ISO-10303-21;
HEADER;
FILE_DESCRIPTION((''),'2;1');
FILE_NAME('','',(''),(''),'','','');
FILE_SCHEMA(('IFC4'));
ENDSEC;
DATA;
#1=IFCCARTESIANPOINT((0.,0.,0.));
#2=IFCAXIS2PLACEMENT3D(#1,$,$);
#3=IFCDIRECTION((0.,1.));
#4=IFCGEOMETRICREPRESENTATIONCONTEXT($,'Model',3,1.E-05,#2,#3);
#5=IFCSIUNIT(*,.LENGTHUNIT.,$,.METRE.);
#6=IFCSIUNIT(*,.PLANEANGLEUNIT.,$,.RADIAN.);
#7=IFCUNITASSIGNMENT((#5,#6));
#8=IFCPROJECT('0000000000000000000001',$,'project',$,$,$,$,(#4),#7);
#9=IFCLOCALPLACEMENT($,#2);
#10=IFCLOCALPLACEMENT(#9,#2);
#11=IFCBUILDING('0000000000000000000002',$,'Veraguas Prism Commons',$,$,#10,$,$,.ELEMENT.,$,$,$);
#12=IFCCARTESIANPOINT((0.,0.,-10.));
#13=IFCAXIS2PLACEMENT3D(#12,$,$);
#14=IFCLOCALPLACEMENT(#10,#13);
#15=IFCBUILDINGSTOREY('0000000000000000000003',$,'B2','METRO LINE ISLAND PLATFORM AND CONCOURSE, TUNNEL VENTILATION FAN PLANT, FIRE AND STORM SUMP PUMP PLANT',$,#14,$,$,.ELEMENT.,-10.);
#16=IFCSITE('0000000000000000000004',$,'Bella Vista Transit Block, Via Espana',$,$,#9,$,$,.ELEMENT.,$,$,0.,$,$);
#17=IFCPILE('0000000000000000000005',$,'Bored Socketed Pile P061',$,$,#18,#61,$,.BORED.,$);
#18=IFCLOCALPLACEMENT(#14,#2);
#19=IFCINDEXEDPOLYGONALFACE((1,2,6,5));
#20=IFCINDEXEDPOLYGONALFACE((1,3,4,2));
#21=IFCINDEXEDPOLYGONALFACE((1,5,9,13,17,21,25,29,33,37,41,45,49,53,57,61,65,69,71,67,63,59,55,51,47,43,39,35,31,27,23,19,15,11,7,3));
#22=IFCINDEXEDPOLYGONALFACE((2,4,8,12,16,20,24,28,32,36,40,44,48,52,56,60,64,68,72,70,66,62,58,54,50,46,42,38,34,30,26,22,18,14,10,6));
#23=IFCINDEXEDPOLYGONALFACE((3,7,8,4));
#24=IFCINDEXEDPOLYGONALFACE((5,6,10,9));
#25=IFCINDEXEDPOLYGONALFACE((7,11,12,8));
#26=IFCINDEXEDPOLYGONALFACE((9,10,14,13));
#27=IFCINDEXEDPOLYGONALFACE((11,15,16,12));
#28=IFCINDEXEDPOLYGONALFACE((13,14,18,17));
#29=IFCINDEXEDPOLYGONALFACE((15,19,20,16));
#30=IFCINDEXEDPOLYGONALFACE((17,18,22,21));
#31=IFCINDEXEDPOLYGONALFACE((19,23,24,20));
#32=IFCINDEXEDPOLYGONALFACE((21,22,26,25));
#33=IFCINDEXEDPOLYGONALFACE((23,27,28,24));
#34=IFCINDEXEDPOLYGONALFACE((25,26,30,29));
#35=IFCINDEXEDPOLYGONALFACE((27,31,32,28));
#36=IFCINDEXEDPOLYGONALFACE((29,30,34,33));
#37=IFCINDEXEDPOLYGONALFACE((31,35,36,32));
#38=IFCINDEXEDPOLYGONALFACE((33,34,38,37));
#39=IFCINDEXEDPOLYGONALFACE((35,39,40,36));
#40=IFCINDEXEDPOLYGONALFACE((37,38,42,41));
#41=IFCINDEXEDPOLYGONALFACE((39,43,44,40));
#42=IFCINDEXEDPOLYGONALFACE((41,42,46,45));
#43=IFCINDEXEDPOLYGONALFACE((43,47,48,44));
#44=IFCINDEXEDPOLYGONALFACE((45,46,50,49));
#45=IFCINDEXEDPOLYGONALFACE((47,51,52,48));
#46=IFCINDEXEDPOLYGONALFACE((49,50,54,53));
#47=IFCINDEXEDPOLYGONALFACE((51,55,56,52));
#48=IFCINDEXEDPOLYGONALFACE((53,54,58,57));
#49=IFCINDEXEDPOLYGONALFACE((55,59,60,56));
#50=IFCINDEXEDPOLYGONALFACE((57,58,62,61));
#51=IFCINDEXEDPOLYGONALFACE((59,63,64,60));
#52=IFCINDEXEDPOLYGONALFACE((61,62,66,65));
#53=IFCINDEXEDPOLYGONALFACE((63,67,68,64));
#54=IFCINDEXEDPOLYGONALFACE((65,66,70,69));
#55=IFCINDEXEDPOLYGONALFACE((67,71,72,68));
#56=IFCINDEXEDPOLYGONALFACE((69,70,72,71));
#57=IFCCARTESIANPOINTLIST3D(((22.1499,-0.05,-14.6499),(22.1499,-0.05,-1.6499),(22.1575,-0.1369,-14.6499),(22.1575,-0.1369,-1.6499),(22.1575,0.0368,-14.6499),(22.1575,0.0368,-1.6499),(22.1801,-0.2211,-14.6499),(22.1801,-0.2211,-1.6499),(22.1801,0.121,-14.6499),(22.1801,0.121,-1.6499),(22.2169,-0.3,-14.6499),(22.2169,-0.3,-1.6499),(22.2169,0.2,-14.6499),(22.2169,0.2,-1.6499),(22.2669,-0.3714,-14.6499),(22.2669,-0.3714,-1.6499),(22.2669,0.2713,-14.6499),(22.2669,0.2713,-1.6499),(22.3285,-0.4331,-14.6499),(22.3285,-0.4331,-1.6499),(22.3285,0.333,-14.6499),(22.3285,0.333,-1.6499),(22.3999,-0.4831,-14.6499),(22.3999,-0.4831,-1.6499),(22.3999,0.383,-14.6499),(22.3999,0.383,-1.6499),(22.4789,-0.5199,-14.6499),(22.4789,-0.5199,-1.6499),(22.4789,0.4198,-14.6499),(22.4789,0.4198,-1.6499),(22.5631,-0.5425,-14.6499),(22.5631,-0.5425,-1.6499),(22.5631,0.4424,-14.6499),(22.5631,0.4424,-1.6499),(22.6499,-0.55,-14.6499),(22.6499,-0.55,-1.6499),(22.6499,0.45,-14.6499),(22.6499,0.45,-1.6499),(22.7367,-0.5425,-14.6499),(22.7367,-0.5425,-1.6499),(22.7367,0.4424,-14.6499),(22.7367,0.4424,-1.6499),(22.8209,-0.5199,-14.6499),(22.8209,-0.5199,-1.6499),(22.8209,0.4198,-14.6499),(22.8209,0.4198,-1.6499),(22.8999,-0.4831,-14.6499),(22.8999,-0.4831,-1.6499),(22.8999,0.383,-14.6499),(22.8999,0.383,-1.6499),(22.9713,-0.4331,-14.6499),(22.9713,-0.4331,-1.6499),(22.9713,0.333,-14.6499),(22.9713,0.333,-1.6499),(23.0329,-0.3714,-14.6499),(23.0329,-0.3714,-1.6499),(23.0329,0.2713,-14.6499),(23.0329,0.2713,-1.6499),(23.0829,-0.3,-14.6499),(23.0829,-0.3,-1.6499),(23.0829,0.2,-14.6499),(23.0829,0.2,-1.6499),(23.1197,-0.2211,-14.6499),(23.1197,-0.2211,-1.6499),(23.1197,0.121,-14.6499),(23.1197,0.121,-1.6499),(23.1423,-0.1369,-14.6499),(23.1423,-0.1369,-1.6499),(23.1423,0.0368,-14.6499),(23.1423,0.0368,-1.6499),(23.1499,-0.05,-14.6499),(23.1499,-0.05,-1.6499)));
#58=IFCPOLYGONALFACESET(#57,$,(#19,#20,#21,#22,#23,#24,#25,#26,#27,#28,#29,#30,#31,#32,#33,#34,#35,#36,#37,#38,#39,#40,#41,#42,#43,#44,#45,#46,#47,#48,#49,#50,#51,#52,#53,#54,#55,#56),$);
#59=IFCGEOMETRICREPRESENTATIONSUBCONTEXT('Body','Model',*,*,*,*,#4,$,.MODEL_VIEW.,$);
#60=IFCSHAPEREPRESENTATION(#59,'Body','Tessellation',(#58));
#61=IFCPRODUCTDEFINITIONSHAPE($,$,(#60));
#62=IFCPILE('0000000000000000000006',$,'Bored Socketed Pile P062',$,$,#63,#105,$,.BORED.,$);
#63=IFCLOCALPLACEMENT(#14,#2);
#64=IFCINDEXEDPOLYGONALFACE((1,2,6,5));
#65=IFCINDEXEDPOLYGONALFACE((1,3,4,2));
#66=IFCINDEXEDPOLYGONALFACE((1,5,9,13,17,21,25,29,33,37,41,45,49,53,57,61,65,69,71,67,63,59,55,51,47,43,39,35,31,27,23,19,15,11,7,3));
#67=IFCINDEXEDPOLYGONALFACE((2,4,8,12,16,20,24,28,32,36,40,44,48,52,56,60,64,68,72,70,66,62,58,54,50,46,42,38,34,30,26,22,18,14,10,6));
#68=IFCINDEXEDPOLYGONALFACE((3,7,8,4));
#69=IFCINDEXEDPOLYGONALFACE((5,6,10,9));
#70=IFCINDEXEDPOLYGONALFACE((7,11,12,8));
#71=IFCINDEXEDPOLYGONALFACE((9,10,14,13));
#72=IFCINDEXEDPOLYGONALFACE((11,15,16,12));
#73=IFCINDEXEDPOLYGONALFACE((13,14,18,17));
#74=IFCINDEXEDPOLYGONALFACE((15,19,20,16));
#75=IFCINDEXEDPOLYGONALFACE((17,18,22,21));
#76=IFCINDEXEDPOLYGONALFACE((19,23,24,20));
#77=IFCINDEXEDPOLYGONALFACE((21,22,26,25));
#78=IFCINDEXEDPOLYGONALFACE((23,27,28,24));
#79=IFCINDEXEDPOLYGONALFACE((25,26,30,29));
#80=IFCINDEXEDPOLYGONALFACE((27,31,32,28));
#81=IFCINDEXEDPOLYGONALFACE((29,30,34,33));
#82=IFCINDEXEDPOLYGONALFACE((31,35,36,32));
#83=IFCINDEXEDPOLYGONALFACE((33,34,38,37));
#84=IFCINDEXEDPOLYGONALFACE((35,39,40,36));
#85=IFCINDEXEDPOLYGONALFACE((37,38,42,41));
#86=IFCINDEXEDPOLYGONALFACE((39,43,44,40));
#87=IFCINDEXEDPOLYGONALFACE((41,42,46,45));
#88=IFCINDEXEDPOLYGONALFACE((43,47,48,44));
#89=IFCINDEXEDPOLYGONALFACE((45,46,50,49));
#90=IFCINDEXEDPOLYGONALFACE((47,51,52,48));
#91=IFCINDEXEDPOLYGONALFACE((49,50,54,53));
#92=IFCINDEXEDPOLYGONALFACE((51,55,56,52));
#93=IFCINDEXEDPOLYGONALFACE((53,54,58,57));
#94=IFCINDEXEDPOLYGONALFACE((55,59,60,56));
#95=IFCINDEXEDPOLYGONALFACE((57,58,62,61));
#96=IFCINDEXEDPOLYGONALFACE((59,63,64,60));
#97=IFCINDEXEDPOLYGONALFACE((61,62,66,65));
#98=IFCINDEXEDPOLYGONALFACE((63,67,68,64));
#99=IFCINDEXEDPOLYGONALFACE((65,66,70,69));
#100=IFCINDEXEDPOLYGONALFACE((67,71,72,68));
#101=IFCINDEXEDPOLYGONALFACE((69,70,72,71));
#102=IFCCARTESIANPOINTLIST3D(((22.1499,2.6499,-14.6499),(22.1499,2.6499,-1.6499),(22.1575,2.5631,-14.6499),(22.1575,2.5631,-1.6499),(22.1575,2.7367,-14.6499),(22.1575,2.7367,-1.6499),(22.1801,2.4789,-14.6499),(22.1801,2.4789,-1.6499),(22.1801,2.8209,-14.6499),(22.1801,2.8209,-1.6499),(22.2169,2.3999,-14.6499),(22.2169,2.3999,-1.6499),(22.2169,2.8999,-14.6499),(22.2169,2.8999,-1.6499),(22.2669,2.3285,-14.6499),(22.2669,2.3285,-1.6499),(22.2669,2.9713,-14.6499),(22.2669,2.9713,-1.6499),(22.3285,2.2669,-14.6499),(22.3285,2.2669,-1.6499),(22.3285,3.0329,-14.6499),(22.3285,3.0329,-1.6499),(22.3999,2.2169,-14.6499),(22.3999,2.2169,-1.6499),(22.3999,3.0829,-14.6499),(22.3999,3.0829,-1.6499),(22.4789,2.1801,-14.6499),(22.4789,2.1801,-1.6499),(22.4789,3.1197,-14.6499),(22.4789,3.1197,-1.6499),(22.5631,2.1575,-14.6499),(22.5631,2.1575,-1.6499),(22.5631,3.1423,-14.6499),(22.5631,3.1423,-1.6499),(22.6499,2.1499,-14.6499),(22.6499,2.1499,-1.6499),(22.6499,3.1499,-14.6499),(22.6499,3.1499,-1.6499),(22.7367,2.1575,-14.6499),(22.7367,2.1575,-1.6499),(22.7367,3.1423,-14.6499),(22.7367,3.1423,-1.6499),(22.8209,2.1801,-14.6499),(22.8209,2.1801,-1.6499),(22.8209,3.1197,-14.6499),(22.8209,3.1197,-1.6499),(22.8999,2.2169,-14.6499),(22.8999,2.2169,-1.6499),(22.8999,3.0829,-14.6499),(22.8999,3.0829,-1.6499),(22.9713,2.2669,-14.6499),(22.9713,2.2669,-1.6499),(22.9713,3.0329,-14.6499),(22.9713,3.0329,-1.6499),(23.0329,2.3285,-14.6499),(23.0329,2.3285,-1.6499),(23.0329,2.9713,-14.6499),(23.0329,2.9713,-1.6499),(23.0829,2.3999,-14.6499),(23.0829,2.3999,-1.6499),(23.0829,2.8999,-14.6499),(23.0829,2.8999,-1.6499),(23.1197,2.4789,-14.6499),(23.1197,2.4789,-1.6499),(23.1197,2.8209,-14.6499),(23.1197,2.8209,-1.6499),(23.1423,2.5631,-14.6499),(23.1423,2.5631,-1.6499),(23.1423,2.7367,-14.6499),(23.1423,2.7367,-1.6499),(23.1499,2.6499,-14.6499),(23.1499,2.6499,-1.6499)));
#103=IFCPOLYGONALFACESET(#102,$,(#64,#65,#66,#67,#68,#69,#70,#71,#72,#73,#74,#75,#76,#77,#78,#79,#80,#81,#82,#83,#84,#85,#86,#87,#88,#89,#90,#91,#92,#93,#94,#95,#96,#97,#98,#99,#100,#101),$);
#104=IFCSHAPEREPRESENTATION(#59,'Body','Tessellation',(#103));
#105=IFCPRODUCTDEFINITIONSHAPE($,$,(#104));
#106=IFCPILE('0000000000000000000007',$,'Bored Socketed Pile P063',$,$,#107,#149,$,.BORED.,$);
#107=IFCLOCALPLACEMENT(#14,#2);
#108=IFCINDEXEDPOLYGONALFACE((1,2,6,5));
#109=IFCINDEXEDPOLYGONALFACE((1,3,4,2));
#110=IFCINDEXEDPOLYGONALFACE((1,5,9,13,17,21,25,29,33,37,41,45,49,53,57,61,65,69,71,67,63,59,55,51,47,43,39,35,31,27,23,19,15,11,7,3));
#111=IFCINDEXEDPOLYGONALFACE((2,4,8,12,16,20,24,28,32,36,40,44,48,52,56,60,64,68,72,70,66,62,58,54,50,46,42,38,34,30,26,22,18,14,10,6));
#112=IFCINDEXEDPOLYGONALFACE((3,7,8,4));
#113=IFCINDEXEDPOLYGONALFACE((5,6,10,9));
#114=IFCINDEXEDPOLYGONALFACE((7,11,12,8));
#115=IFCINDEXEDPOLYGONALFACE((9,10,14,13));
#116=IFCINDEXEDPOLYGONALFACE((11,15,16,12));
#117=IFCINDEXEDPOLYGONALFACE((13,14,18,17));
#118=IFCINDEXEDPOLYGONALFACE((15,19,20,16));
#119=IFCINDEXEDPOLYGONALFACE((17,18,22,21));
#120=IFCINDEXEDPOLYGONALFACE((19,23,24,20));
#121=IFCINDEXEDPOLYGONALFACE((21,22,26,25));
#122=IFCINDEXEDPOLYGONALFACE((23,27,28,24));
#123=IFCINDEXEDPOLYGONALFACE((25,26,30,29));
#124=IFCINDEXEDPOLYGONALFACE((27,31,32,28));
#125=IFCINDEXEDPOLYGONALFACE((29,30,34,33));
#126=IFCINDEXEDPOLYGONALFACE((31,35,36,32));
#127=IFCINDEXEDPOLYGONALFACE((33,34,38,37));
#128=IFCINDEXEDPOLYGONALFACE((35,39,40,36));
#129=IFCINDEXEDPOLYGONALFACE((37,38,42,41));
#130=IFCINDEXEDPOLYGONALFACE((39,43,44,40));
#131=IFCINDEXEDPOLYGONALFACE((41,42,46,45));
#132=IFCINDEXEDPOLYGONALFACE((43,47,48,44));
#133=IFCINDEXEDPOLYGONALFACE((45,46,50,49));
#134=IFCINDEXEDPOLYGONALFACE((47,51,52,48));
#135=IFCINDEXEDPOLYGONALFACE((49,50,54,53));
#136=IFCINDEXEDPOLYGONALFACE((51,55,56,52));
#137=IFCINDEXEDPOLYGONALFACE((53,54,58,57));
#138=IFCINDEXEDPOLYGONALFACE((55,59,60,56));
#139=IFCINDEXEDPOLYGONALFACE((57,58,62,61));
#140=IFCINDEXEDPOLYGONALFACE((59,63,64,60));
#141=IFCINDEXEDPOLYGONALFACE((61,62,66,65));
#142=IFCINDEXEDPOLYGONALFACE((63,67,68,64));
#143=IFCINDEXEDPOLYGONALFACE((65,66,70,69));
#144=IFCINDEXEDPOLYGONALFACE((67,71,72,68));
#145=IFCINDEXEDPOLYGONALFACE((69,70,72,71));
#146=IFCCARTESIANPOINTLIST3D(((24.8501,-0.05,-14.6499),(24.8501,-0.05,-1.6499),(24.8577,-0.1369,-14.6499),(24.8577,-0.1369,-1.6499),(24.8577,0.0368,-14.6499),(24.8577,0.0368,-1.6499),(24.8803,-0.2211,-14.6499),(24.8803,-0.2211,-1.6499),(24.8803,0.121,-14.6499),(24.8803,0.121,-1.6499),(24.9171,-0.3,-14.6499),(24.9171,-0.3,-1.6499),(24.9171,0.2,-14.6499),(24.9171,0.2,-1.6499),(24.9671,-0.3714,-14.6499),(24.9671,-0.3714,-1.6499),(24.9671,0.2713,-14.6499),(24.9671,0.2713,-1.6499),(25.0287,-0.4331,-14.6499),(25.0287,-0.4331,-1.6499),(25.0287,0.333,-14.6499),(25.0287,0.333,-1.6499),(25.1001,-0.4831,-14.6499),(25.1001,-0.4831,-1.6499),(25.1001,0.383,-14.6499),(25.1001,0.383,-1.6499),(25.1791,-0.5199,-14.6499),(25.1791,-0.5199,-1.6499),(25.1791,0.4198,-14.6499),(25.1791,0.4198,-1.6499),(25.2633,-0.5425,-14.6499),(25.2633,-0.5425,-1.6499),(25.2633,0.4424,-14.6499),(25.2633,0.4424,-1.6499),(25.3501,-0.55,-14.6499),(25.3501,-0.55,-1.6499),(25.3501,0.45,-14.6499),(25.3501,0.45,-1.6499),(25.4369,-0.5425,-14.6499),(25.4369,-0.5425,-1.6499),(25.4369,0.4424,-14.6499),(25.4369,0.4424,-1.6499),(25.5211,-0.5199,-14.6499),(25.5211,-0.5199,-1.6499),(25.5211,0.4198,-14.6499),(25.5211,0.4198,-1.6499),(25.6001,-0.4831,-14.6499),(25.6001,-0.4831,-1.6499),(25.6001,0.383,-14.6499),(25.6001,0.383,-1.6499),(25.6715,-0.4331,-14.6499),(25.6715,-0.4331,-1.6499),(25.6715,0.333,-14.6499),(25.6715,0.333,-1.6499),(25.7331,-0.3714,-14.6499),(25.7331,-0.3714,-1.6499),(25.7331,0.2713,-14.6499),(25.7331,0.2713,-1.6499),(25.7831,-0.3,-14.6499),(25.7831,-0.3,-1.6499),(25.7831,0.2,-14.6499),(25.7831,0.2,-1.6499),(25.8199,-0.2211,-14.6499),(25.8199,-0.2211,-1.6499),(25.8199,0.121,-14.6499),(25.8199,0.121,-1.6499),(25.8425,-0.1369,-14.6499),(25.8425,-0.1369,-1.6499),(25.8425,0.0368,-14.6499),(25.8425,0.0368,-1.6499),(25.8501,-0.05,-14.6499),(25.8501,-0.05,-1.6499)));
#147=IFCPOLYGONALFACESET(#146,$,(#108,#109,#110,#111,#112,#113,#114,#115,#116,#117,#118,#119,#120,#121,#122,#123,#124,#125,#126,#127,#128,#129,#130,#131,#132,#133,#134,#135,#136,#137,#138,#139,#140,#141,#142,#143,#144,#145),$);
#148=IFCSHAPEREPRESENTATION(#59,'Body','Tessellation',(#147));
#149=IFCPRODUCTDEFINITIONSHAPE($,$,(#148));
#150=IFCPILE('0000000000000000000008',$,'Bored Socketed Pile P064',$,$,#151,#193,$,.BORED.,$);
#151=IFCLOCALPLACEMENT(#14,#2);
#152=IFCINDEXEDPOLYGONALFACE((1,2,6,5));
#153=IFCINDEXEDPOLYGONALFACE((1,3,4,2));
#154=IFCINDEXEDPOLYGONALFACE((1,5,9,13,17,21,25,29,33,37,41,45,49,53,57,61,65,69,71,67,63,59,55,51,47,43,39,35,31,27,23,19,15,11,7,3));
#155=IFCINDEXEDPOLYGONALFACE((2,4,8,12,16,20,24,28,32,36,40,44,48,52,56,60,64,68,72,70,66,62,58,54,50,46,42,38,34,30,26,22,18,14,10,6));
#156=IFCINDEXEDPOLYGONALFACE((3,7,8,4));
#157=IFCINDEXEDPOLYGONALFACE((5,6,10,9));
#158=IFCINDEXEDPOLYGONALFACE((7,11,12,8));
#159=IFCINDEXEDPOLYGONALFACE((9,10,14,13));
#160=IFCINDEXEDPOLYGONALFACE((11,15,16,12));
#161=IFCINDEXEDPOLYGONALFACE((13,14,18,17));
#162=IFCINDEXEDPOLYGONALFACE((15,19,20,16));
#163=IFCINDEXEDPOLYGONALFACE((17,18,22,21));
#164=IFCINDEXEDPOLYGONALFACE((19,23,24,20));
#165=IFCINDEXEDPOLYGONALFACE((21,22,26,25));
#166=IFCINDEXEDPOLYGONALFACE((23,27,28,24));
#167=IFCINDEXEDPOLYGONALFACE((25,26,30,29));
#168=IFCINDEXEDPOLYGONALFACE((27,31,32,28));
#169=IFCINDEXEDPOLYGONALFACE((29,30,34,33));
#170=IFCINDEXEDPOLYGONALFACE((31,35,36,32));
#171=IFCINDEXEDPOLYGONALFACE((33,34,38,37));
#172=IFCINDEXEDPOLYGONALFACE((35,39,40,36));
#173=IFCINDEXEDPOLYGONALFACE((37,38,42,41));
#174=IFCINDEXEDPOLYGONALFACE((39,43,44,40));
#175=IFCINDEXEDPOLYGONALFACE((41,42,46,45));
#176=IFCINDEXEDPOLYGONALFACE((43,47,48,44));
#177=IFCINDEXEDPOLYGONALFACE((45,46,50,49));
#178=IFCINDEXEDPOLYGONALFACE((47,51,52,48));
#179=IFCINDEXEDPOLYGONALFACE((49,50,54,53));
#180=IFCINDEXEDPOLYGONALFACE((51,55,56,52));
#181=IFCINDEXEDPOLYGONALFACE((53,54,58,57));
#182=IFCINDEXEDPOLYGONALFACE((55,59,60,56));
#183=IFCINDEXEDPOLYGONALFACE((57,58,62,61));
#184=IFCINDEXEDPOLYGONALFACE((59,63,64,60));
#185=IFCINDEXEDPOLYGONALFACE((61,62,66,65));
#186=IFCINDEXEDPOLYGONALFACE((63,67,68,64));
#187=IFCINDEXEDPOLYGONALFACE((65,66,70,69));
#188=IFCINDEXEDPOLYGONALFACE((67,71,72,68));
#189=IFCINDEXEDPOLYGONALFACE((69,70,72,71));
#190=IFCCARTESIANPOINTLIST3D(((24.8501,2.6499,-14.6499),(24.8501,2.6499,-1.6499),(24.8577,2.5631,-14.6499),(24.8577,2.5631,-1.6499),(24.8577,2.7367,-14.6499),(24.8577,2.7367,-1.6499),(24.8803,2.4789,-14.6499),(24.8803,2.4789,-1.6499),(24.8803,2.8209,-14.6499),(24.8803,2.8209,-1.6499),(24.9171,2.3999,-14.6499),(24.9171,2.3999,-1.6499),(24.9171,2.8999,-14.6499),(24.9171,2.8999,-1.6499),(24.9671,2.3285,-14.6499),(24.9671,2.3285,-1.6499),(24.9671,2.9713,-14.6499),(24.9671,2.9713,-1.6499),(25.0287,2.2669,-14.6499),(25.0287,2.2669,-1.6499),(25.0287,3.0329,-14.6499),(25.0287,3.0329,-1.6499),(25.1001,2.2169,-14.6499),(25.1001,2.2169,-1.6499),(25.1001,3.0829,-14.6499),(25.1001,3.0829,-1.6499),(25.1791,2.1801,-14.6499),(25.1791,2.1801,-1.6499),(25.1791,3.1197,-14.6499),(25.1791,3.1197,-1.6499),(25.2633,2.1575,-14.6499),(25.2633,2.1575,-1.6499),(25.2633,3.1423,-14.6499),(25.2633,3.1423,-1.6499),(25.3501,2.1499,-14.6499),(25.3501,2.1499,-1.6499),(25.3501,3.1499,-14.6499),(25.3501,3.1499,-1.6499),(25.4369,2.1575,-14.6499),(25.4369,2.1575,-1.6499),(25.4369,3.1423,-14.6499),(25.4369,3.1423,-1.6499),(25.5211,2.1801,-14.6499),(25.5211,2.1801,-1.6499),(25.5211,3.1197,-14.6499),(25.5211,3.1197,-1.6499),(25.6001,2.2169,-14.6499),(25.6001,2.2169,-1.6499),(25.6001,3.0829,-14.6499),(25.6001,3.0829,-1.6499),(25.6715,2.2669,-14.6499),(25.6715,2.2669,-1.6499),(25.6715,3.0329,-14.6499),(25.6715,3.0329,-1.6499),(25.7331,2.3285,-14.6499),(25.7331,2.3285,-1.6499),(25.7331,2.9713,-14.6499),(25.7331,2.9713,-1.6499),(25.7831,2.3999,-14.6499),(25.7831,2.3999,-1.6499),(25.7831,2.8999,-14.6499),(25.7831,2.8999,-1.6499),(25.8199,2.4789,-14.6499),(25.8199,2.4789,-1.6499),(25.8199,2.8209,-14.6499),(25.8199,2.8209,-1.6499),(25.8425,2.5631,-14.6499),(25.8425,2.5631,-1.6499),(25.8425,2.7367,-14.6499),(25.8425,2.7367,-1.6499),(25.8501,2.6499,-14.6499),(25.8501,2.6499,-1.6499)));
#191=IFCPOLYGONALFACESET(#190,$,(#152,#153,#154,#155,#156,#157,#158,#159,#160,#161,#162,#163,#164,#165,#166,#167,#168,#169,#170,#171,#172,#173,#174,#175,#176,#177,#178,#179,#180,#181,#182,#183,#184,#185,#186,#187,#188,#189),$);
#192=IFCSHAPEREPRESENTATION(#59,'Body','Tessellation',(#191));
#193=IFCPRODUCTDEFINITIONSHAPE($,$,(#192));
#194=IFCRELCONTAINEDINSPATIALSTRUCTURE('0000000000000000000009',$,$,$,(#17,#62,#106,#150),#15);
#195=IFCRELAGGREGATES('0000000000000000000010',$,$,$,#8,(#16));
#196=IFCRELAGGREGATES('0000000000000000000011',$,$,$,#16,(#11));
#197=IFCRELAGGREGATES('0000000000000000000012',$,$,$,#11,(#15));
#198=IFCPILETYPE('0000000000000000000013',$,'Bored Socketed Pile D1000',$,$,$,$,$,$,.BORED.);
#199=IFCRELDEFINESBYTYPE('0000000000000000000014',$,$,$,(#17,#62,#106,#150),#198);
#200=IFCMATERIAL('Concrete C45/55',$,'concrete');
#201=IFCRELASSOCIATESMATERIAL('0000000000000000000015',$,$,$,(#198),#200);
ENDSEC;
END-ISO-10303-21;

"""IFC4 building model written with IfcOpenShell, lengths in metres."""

from ifc_helpers import new_model, si_unit, direction, frame, origin, origin_2d, place, context, subcontext, project, spatial, circle, extrude, source, transform, mapped, material, material_profile, profile_set, type_object, element, save


model = new_model("IFC4")

# Units and contexts
model_context = context("Model", 3, precision=1e-05, world=origin(), true_north=direction((0.0, 1.0)))
body_context = subcontext(model_context, "Body", "Model", "MODEL_VIEW")
ifc_project = project(units=[si_unit("LENGTHUNIT", "METRE"), si_unit("PLANEANGLEUNIT", "RADIAN")], contexts=[model_context])

# Site, building, storey
site_placement = place(None, origin())
site = spatial("IfcSite", under=ifc_project, at=site_placement, Name="Bella Vista Transit Block, Via Espana", CompositionType="ELEMENT", RefElevation=0.0)
building_placement = place(site_placement, origin())
building = spatial("IfcBuilding", under=site, at=building_placement, Name="Veraguas Prism Commons", CompositionType="ELEMENT")
storey_placement = place(building_placement, frame((0.0, 0.0, -10.0)))
storey = spatial("IfcBuildingStorey", under=building, at=storey_placement, Name="B2", Description="METRO LINE ISLAND PLATFORM AND CONCOURSE, TUNNEL VENTILATION FAN PLANT, FIRE AND STORM SUMP PUMP PLANT", CompositionType="ELEMENT", Elevation=-10.0)

# Shared definitions
ifc_material_1 = material(Name="Concrete C45/55", Category="concrete")

# Piles
ifc_material_profile_1 = material_profile(ifc_material_1, circle(Radius=0.5, at=origin_2d()), Name="PILE1000")
ifc_profile_set_1 = profile_set([ifc_material_profile_1], Name="Concrete C45/55")
pile_type_1 = type_object("IfcPileType", Name="Bored Socketed Pile D1000", PredefinedType="BORED", material=ifc_profile_set_1)
shared_shape_1 = source(origin(), body_context, "Body", "SweptSolid", [
    extrude(circle(Radius=0.5, at=origin_2d()), origin(), (0.0, 0.0, 1.0), 13.0),
])
for number, where, z_axis, x_axis, name in (
    (1, (22.6499, -0.05, -1.6499), (0.0, 0.0, -1.0), (1.0, 0.0, 0.0), "Bored Socketed Pile P061"),
    (2, (22.6499, 2.6499, -1.6499), (0.0, 0.0, -1.0), (1.0, 0.0, 0.0), "Bored Socketed Pile P062"),
    (3, (25.3501, -0.05, -1.6499), (0.0, 0.0, -1.0), (1.0, 0.0, 0.0), "Bored Socketed Pile P063"),
    (4, (25.3501, 2.6499, -1.6499), (0.0, 0.0, -1.0), (1.0, 0.0, 0.0), "Bored Socketed Pile P064"),
):
    element("IfcPile", number, at=place(storey_placement, frame(where, z_axis=z_axis, x_axis=x_axis)), inside=storey, type_object=pile_type_1, Name=name, PredefinedType="BORED", context=body_context, shape_type="MappedRepresentation", body=[
        mapped(shared_shape_1, transform((0.0, 0.0, 0.0), scale=1.0)),
    ])

save(model, "model.ifc")
